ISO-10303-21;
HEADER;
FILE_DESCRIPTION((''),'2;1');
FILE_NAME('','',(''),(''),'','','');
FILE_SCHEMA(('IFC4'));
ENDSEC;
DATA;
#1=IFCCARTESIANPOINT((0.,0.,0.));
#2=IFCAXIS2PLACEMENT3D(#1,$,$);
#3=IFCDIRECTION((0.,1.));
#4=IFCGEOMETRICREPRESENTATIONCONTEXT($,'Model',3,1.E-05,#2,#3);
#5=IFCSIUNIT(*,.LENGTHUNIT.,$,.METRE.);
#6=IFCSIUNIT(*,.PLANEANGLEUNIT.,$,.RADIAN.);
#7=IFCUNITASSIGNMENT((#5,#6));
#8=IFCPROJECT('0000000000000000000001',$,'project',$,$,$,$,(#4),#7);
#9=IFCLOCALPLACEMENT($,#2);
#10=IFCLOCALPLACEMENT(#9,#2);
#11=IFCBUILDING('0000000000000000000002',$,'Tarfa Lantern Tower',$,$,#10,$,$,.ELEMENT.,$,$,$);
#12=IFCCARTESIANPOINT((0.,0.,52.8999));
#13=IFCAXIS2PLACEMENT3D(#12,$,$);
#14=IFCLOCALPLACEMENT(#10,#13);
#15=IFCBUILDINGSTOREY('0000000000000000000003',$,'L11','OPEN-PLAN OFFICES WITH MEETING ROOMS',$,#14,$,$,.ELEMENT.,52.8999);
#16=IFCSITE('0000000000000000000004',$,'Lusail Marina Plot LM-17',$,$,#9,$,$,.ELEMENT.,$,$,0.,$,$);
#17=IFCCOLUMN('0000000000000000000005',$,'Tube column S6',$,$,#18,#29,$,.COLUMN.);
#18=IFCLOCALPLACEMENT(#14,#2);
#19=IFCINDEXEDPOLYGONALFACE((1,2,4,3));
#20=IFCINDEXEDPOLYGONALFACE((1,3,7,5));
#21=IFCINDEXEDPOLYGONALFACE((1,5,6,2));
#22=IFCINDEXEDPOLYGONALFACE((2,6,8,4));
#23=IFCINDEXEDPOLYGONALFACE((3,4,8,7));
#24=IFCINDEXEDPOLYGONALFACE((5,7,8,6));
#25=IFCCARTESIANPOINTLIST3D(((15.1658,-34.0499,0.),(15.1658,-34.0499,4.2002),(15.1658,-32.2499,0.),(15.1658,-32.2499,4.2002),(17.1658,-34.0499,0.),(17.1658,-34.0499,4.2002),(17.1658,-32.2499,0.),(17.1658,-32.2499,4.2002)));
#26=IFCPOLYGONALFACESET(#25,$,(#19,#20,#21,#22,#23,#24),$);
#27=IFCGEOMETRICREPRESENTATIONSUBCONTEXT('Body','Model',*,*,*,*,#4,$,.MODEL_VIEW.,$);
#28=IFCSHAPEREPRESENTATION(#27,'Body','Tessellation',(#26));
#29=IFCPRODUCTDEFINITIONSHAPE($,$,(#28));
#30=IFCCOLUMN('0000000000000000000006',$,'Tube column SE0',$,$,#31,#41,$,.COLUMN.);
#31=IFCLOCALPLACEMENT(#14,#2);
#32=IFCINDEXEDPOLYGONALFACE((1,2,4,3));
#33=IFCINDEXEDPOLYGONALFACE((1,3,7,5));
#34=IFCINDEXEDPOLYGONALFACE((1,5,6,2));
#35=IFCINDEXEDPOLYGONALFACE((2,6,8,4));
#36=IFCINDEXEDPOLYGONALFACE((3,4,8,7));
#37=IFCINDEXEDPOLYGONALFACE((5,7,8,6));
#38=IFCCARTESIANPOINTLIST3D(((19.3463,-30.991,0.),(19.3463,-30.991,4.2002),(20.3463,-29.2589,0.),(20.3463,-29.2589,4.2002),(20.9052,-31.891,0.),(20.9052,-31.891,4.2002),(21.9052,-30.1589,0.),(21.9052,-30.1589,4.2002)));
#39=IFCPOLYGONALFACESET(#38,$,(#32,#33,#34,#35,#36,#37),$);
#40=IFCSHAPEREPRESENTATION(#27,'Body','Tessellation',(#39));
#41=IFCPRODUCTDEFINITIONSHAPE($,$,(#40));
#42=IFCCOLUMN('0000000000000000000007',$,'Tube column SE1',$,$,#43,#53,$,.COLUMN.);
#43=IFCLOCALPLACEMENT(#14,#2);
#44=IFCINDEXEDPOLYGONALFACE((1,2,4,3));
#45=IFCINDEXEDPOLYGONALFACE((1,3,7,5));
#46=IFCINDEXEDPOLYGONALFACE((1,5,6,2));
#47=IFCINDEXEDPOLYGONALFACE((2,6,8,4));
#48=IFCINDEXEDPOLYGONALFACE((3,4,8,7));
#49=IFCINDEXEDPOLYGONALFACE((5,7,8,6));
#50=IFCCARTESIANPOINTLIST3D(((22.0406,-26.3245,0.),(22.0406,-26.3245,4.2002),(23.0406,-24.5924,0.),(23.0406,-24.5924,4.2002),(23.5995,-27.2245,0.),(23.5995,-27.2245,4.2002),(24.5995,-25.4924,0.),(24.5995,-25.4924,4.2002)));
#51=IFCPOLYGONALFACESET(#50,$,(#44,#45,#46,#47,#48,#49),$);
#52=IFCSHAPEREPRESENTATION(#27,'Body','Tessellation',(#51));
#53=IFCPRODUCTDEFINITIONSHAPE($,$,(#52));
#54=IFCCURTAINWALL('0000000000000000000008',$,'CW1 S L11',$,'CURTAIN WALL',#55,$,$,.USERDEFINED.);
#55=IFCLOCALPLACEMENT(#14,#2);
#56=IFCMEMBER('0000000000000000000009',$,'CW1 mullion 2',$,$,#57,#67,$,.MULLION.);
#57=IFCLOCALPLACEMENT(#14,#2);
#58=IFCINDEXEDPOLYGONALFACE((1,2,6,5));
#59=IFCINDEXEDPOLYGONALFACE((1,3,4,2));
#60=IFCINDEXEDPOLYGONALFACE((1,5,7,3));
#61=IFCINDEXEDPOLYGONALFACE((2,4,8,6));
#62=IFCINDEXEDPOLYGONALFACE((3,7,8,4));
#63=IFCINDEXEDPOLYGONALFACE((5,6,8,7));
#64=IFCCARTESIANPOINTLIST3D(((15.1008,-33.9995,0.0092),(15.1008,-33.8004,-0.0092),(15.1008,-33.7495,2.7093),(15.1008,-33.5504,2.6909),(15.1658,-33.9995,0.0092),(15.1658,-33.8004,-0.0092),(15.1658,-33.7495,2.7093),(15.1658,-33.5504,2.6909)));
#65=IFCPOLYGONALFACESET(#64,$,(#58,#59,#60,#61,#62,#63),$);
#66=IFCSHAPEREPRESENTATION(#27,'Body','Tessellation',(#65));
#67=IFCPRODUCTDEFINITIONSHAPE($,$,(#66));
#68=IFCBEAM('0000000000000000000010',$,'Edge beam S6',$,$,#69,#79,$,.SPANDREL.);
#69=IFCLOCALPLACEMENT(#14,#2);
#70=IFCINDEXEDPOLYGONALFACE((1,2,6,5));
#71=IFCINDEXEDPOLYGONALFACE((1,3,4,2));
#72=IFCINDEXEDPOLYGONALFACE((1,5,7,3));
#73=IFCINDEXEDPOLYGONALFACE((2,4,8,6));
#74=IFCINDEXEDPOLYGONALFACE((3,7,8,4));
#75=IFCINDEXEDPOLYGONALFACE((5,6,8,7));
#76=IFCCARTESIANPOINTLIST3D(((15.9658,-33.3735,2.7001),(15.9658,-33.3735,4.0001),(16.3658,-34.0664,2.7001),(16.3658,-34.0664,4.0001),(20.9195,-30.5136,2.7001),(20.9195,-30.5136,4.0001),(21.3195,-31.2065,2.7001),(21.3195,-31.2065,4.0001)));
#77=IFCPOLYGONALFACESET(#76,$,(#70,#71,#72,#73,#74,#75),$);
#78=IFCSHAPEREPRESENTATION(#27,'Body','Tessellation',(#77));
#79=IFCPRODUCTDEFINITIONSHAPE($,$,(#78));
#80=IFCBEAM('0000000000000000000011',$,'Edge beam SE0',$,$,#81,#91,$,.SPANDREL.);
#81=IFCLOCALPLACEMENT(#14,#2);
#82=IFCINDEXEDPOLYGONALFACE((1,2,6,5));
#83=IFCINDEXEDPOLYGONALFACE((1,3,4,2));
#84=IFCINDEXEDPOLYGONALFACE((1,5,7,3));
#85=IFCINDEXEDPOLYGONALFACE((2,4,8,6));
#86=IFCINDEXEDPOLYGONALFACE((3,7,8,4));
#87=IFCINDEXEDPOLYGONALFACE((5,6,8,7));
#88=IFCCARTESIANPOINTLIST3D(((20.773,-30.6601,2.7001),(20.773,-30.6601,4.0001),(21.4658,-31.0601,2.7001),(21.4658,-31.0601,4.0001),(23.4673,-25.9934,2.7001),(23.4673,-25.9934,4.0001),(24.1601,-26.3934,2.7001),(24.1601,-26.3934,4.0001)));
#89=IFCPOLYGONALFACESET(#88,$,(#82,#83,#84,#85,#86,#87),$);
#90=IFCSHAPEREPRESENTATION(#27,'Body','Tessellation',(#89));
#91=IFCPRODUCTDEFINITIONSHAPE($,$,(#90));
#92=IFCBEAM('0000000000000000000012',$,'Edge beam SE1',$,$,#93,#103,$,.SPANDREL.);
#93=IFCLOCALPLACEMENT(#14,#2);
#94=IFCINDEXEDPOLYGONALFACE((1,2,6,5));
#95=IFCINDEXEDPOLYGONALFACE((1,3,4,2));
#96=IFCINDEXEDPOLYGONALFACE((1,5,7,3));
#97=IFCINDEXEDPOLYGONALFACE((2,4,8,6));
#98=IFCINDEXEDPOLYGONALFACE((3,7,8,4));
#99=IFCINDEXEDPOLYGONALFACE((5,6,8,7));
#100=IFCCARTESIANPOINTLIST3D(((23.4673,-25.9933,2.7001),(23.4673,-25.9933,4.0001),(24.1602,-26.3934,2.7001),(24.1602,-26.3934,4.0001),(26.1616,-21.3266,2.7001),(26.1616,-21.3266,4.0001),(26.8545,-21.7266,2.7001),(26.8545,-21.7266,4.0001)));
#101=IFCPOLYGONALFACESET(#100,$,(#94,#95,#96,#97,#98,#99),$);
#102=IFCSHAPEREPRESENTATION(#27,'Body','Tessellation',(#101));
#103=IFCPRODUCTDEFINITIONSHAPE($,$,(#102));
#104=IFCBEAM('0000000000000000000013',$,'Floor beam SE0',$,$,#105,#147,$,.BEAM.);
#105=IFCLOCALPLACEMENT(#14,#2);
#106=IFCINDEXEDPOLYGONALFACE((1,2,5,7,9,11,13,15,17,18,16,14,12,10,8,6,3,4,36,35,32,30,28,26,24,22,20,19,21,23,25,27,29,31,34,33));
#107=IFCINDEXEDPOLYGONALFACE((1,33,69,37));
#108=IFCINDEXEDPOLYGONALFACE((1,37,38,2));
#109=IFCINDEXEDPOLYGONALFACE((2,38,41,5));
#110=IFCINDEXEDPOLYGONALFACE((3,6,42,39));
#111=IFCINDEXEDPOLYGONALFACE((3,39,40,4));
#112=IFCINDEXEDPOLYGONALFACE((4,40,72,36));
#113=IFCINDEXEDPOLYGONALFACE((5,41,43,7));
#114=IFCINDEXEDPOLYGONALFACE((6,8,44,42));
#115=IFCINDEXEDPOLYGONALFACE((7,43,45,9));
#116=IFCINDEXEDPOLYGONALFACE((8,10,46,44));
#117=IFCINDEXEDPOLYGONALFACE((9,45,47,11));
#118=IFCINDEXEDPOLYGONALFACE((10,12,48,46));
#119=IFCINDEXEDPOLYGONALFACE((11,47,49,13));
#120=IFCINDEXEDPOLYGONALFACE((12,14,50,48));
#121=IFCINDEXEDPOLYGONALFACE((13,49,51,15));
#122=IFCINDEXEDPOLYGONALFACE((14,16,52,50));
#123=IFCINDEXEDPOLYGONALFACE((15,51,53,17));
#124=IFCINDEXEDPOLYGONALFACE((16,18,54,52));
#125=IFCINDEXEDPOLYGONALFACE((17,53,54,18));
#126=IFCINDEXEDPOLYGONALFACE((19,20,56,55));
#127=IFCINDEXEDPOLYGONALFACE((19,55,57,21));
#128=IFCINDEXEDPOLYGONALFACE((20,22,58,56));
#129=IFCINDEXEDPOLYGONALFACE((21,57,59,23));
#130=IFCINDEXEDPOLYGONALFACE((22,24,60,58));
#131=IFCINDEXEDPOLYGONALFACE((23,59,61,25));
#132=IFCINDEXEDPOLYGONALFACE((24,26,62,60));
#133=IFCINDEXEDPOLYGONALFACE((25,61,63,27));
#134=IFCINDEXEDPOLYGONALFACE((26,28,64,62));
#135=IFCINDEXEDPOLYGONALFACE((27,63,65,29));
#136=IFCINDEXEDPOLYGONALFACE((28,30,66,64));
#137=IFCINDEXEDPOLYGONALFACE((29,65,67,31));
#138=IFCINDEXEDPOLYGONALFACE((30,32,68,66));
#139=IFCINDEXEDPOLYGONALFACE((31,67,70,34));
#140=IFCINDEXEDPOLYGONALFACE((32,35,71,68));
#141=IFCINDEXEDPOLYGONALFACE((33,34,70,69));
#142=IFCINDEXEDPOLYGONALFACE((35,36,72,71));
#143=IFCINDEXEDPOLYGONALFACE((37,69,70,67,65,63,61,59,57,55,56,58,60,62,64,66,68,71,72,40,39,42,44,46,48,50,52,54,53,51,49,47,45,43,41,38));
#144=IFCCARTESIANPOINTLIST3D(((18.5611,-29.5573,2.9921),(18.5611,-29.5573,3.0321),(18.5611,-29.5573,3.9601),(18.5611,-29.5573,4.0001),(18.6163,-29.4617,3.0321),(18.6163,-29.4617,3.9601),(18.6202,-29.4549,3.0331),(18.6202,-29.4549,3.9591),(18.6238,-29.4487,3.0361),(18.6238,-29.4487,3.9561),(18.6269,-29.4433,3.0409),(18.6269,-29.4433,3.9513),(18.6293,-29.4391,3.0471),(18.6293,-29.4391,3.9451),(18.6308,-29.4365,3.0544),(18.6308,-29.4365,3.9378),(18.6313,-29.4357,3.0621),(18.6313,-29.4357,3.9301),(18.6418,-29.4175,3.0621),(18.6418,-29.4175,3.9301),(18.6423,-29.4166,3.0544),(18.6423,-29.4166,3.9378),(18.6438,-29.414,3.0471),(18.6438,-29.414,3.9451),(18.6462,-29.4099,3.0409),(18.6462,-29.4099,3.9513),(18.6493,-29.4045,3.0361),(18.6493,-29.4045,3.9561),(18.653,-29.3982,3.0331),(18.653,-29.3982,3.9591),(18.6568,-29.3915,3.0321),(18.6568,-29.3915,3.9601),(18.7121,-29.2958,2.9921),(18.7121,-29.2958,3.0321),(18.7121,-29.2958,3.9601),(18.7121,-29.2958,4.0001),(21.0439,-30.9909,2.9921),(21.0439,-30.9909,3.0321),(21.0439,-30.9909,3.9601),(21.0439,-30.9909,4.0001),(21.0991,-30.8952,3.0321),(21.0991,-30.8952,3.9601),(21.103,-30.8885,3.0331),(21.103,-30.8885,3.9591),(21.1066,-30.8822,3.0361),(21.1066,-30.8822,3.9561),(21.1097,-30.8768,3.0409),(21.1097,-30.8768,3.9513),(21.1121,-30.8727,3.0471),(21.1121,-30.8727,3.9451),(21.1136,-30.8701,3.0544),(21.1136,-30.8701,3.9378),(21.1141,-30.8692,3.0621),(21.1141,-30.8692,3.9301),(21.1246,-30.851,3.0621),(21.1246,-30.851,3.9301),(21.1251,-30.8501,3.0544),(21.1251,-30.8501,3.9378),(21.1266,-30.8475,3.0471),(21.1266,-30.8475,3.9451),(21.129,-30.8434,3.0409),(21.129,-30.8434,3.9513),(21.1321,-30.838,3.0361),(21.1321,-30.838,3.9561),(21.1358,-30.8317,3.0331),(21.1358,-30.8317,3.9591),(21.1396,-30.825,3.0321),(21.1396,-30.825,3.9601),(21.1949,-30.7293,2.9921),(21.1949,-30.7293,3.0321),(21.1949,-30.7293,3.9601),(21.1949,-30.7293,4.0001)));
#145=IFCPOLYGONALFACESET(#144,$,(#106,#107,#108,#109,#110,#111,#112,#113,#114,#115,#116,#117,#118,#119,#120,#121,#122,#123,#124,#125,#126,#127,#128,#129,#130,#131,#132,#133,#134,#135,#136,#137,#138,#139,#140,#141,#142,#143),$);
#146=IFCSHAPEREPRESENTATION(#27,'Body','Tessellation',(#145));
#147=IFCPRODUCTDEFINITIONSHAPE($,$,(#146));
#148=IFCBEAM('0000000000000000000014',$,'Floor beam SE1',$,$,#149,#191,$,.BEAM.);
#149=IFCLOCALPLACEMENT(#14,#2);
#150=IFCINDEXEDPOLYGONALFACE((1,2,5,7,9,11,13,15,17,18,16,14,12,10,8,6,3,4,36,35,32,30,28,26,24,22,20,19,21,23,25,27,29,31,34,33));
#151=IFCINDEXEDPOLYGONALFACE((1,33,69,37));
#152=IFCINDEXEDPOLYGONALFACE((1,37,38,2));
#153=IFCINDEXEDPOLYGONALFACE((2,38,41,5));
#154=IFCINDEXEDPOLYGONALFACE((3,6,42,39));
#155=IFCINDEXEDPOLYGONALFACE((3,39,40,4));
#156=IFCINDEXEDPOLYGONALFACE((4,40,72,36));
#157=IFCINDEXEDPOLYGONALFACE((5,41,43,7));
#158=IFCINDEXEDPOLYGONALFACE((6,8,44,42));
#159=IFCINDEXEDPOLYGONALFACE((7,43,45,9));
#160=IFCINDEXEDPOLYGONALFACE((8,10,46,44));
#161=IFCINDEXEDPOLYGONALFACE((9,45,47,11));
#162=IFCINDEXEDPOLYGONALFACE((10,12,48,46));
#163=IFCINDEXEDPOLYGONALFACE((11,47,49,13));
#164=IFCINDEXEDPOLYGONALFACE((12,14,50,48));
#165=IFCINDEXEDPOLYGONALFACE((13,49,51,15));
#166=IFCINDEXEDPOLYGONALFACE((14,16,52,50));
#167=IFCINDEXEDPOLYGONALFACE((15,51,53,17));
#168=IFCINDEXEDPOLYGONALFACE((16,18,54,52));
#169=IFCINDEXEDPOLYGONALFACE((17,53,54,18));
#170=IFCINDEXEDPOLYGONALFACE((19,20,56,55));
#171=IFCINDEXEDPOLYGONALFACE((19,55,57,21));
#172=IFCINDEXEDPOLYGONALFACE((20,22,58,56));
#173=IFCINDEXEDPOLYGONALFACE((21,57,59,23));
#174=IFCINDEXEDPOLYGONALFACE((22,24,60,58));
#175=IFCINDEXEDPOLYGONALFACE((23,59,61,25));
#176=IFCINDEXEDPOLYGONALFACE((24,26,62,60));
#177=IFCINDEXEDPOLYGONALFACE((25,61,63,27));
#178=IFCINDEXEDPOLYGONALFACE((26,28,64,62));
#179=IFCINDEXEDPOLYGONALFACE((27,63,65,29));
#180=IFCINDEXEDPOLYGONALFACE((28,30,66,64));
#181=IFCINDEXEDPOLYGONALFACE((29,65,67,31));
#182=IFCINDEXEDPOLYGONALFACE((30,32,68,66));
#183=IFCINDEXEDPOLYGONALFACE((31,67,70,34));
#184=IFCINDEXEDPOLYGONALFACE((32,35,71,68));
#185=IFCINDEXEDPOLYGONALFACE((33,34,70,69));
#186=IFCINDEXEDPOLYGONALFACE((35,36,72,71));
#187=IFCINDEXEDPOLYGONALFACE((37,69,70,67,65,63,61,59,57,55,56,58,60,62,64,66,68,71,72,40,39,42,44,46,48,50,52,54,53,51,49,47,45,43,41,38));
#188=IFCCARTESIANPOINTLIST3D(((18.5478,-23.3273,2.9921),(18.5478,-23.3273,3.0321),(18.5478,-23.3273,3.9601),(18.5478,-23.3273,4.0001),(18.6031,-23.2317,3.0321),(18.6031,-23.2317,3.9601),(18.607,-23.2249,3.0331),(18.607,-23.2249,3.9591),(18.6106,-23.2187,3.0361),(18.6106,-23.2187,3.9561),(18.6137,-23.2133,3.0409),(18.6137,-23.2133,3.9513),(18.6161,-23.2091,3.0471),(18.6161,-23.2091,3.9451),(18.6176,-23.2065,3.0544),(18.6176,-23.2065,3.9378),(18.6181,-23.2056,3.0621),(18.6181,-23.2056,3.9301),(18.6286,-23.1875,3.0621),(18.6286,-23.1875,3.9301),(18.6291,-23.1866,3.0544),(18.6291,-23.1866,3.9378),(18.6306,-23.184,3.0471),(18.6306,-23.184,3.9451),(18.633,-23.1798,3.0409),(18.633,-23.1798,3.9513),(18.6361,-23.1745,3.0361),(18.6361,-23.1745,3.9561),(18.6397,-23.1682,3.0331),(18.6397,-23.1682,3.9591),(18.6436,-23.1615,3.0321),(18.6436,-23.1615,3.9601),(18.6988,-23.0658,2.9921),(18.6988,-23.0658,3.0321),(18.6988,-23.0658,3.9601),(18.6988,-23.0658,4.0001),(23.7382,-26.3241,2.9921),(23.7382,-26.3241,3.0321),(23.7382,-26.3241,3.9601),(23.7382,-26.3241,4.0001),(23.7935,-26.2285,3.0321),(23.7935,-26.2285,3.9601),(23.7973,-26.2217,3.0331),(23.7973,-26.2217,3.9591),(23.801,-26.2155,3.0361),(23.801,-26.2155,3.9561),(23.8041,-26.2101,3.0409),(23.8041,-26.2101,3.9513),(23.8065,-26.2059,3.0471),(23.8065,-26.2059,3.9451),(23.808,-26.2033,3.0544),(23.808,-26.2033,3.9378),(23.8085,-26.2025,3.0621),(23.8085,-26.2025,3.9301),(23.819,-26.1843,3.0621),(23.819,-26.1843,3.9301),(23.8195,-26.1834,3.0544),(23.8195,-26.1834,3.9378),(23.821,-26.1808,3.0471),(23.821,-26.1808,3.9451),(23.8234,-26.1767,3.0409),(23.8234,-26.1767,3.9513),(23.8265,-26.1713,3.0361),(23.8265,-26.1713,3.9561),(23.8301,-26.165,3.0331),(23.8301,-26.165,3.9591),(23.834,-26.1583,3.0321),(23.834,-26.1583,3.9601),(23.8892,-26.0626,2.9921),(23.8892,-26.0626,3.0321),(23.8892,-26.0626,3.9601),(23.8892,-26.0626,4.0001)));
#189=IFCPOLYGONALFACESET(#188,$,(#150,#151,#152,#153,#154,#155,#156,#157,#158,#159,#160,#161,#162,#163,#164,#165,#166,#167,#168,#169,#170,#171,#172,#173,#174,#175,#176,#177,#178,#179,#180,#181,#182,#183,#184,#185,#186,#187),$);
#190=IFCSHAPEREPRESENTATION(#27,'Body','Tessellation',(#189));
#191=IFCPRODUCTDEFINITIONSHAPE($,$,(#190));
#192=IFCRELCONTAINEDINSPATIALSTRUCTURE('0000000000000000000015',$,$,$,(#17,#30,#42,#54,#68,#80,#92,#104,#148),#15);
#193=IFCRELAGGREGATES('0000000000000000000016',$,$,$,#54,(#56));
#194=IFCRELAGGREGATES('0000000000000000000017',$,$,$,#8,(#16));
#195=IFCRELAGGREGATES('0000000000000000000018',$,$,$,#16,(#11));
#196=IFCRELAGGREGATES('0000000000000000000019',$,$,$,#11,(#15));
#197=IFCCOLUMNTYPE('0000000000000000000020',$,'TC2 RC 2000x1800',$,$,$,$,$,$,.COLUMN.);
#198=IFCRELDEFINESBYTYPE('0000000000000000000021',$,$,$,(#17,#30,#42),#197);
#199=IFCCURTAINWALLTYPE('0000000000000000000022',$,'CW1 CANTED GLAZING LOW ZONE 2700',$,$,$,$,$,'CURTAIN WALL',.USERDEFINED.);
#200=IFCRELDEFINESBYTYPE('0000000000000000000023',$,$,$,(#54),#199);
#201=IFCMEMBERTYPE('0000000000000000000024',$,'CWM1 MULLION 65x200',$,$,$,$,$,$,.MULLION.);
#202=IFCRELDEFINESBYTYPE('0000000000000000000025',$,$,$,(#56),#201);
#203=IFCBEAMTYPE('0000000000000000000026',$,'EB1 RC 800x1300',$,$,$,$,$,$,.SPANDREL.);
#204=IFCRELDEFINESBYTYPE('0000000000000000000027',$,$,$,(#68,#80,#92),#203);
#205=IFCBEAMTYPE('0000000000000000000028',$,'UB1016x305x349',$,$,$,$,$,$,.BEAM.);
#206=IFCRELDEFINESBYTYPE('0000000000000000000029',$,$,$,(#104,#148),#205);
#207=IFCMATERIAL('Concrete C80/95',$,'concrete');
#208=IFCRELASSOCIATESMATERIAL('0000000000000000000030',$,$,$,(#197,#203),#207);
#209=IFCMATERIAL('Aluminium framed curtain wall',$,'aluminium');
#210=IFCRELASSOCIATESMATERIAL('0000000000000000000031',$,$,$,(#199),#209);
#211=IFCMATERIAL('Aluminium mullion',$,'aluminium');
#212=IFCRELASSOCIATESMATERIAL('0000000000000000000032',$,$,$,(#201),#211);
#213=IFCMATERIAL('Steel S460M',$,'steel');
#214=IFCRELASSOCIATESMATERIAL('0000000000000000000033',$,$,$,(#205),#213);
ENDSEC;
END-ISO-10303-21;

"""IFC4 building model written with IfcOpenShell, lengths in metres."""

from ifc_helpers import new_model, si_unit, direction, frame, origin, origin_2d, place, context, subcontext, project, spatial, rectangle, i_section, extrude, material, material_profile, profile_set, type_object, element, aggregate, save


model = new_model("IFC4")

# Units and contexts
model_context = context("Model", 3, precision=1e-05, world=origin(), true_north=direction((0.0, 1.0)))
body_context = subcontext(model_context, "Body", "Model", "MODEL_VIEW")
ifc_project = project(units=[si_unit("LENGTHUNIT", "METRE"), si_unit("PLANEANGLEUNIT", "RADIAN")], contexts=[model_context])

# Site, building, storey
site_placement = place(None, origin())
site = spatial("IfcSite", under=ifc_project, at=site_placement, Name="Lusail Marina Plot LM-17", CompositionType="ELEMENT", RefElevation=0.0)
building_placement = place(site_placement, origin())
building = spatial("IfcBuilding", under=site, at=building_placement, Name="Tarfa Lantern Tower", CompositionType="ELEMENT")
storey_placement = place(building_placement, frame((0.0, 0.0, 52.8999)))
storey = spatial("IfcBuildingStorey", under=building, at=storey_placement, Name="L11", Description="OPEN-PLAN OFFICES WITH MEETING ROOMS", CompositionType="ELEMENT", Elevation=52.8999)

# Columns
ifc_material_1 = material(Name="Concrete C80/95", Category="concrete")
ifc_material_profile_1 = material_profile(ifc_material_1, rectangle(XDim=2.0, YDim=1.8, at=origin_2d()), Name="RC 2000x1800")
ifc_profile_set_1 = profile_set([ifc_material_profile_1], Name="Concrete C80/95")
column_type = type_object("IfcColumnType", Name="TC2 RC 2000x1800", PredefinedType="COLUMN", material=ifc_profile_set_1)
for number, where, z_axis, x_axis, name in (
    (1, (16.1658, -33.1499, 0.0), (0.0, 0.0, 1.0), (1.0, 0.0, 0.0), "Tube column S6"),
    (2, (20.6257, -30.575, 0.0), (0.0, 0.0, 1.0), (0.5, 0.866025, 0.0), "Tube column SE0"),
    (3, (23.3201, -25.9084, 0.0), (0.0, 0.0, 1.0), (0.5, 0.866025, 0.0), "Tube column SE1"),
):
    element("IfcColumn", number, at=place(storey_placement, frame(where, z_axis=z_axis, x_axis=x_axis)), inside=storey, type_object=column_type, Name=name, PredefinedType="COLUMN", context=body_context, shape_type="SweptSolid", body=[
        extrude(rectangle(XDim=2.0, YDim=1.8, at=origin_2d()), origin(), (0.0, 0.0, 1.0), 4.2002),
    ])

# Curtain wall, member
ifc_material_2 = material(Name="Aluminium framed curtain wall", Category="aluminium")
curtain_wall_type = type_object("IfcCurtainWallType", Name="CW1 CANTED GLAZING LOW ZONE 2700", ElementType="CURTAIN WALL", PredefinedType="USERDEFINED", material=ifc_material_2)
curtain_wall_placement = place(storey_placement, origin())
curtain_wall = element("IfcCurtainWall", 4, at=curtain_wall_placement, inside=storey, type_object=curtain_wall_type, Name="CW1 S L11", ObjectType="CURTAIN WALL", PredefinedType="USERDEFINED")
ifc_material_3 = material(Name="Aluminium mullion", Category="aluminium")
ifc_material_profile_2 = material_profile(ifc_material_3, rectangle(XDim=0.0649, YDim=0.2, at=origin_2d()), Name="AL MULLION 65x200")
ifc_profile_set_2 = profile_set([ifc_material_profile_2], Name="Aluminium mullion")
member_type = type_object("IfcMemberType", Name="CWM1 MULLION 65x200", PredefinedType="MULLION", material=ifc_profile_set_2)
member_placement = place(storey_placement, frame((15.1333, -33.8999, 0.0), z_axis=(0.0, 0.092192, 0.995741), x_axis=(-1.0, 0.0, 0.0)))
member = element("IfcMember", 5, at=member_placement, type_object=member_type, Name="CW1 mullion 2", PredefinedType="MULLION", context=body_context, shape_type="SweptSolid", body=[
    extrude(rectangle(XDim=0.0649, YDim=0.2, at=origin_2d()), origin(), (0.0, 0.0, 1.0), 2.7117),
])
aggregate(curtain_wall, [member])

# Beams
ifc_material_profile_3 = material_profile(ifc_material_1, rectangle(XDim=0.8, YDim=1.3, at=origin_2d()), Name="RC 800x1300")
ifc_profile_set_3 = profile_set([ifc_material_profile_3], Name="Concrete C80/95")
beam_type_1 = type_object("IfcBeamType", Name="EB1 RC 800x1300", PredefinedType="SPANDREL", material=ifc_profile_set_3)
beam_1_placement = place(storey_placement, frame((16.1658, -33.72, 3.3501), z_axis=(0.866033, 0.499986, 0.0), x_axis=(-0.499986, 0.866033, 0.0)))
element("IfcBeam", 6, at=beam_1_placement, inside=storey, type_object=beam_type_1, Name="Edge beam S6", PredefinedType="SPANDREL", context=body_context, shape_type="SweptSolid", body=[
    extrude(rectangle(XDim=0.8, YDim=1.3, at=origin_2d()), origin(), (0.0, 0.0, 1.0), 5.72),
])
for number, where, z_axis, x_axis, name in (
    (7, (21.1194, -30.8601, 3.3501), (0.499998, 0.866026, 0.0), (-0.866026, 0.499998, 0.0), "Edge beam SE0"),
    (8, (23.8137, -26.1934, 3.3501), (0.499998, 0.866026, 0.0), (-0.866026, 0.499998, 0.0), "Edge beam SE1"),
):
    element("IfcBeam", number, at=place(storey_placement, frame(where, z_axis=z_axis, x_axis=x_axis)), inside=storey, type_object=beam_type_1, Name=name, PredefinedType="SPANDREL", context=body_context, shape_type="SweptSolid", body=[
        extrude(rectangle(XDim=0.8, YDim=1.3, at=origin_2d()), origin(), (0.0, 0.0, 1.0), 5.3887),
    ])
ifc_material_4 = material(Name="Steel S460M", Category="steel")
ifc_material_profile_4 = material_profile(ifc_material_4, i_section(OverallWidth=0.302, OverallDepth=1.0081, WebThickness=0.021, FlangeThickness=0.04, FilletRadius=0.03, at=origin_2d()), Name="UB1016x305x349")
ifc_profile_set_4 = profile_set([ifc_material_profile_4], Name="Steel S460M")
beam_type_2 = type_object("IfcBeamType", Name="UB1016x305x349", PredefinedType="BEAM", material=ifc_profile_set_4)
beam_2_placement = place(storey_placement, frame((21.1194, -30.8601, 3.4961), z_axis=(-0.866013, 0.500022, 0.0), x_axis=(-0.500022, -0.866013, 0.0)))
element("IfcBeam", 9, at=beam_2_placement, inside=storey, type_object=beam_type_2, Name="Floor beam SE0", PredefinedType="BEAM", context=body_context, shape_type="SweptSolid", body=[
    extrude(i_section(OverallWidth=0.302, OverallDepth=1.0081, WebThickness=0.021, FlangeThickness=0.04, FilletRadius=0.03, at=origin_2d()), origin(), (0.0, 0.0, 1.0), 2.8669),
])
beam_3_placement = place(storey_placement, frame((23.8137, -26.1934, 3.4961), z_axis=(-0.866016, 0.500016, 0.0), x_axis=(-0.500016, -0.866016, 0.0)))
element("IfcBeam", 10, at=beam_3_placement, inside=storey, type_object=beam_type_2, Name="Floor beam SE1", PredefinedType="BEAM", context=body_context, shape_type="SweptSolid", body=[
    extrude(i_section(OverallWidth=0.302, OverallDepth=1.0081, WebThickness=0.021, FlangeThickness=0.04, FilletRadius=0.03, at=origin_2d()), origin(), (0.0, 0.0, 1.0), 5.9934),
])

save(model, "model.ifc")
